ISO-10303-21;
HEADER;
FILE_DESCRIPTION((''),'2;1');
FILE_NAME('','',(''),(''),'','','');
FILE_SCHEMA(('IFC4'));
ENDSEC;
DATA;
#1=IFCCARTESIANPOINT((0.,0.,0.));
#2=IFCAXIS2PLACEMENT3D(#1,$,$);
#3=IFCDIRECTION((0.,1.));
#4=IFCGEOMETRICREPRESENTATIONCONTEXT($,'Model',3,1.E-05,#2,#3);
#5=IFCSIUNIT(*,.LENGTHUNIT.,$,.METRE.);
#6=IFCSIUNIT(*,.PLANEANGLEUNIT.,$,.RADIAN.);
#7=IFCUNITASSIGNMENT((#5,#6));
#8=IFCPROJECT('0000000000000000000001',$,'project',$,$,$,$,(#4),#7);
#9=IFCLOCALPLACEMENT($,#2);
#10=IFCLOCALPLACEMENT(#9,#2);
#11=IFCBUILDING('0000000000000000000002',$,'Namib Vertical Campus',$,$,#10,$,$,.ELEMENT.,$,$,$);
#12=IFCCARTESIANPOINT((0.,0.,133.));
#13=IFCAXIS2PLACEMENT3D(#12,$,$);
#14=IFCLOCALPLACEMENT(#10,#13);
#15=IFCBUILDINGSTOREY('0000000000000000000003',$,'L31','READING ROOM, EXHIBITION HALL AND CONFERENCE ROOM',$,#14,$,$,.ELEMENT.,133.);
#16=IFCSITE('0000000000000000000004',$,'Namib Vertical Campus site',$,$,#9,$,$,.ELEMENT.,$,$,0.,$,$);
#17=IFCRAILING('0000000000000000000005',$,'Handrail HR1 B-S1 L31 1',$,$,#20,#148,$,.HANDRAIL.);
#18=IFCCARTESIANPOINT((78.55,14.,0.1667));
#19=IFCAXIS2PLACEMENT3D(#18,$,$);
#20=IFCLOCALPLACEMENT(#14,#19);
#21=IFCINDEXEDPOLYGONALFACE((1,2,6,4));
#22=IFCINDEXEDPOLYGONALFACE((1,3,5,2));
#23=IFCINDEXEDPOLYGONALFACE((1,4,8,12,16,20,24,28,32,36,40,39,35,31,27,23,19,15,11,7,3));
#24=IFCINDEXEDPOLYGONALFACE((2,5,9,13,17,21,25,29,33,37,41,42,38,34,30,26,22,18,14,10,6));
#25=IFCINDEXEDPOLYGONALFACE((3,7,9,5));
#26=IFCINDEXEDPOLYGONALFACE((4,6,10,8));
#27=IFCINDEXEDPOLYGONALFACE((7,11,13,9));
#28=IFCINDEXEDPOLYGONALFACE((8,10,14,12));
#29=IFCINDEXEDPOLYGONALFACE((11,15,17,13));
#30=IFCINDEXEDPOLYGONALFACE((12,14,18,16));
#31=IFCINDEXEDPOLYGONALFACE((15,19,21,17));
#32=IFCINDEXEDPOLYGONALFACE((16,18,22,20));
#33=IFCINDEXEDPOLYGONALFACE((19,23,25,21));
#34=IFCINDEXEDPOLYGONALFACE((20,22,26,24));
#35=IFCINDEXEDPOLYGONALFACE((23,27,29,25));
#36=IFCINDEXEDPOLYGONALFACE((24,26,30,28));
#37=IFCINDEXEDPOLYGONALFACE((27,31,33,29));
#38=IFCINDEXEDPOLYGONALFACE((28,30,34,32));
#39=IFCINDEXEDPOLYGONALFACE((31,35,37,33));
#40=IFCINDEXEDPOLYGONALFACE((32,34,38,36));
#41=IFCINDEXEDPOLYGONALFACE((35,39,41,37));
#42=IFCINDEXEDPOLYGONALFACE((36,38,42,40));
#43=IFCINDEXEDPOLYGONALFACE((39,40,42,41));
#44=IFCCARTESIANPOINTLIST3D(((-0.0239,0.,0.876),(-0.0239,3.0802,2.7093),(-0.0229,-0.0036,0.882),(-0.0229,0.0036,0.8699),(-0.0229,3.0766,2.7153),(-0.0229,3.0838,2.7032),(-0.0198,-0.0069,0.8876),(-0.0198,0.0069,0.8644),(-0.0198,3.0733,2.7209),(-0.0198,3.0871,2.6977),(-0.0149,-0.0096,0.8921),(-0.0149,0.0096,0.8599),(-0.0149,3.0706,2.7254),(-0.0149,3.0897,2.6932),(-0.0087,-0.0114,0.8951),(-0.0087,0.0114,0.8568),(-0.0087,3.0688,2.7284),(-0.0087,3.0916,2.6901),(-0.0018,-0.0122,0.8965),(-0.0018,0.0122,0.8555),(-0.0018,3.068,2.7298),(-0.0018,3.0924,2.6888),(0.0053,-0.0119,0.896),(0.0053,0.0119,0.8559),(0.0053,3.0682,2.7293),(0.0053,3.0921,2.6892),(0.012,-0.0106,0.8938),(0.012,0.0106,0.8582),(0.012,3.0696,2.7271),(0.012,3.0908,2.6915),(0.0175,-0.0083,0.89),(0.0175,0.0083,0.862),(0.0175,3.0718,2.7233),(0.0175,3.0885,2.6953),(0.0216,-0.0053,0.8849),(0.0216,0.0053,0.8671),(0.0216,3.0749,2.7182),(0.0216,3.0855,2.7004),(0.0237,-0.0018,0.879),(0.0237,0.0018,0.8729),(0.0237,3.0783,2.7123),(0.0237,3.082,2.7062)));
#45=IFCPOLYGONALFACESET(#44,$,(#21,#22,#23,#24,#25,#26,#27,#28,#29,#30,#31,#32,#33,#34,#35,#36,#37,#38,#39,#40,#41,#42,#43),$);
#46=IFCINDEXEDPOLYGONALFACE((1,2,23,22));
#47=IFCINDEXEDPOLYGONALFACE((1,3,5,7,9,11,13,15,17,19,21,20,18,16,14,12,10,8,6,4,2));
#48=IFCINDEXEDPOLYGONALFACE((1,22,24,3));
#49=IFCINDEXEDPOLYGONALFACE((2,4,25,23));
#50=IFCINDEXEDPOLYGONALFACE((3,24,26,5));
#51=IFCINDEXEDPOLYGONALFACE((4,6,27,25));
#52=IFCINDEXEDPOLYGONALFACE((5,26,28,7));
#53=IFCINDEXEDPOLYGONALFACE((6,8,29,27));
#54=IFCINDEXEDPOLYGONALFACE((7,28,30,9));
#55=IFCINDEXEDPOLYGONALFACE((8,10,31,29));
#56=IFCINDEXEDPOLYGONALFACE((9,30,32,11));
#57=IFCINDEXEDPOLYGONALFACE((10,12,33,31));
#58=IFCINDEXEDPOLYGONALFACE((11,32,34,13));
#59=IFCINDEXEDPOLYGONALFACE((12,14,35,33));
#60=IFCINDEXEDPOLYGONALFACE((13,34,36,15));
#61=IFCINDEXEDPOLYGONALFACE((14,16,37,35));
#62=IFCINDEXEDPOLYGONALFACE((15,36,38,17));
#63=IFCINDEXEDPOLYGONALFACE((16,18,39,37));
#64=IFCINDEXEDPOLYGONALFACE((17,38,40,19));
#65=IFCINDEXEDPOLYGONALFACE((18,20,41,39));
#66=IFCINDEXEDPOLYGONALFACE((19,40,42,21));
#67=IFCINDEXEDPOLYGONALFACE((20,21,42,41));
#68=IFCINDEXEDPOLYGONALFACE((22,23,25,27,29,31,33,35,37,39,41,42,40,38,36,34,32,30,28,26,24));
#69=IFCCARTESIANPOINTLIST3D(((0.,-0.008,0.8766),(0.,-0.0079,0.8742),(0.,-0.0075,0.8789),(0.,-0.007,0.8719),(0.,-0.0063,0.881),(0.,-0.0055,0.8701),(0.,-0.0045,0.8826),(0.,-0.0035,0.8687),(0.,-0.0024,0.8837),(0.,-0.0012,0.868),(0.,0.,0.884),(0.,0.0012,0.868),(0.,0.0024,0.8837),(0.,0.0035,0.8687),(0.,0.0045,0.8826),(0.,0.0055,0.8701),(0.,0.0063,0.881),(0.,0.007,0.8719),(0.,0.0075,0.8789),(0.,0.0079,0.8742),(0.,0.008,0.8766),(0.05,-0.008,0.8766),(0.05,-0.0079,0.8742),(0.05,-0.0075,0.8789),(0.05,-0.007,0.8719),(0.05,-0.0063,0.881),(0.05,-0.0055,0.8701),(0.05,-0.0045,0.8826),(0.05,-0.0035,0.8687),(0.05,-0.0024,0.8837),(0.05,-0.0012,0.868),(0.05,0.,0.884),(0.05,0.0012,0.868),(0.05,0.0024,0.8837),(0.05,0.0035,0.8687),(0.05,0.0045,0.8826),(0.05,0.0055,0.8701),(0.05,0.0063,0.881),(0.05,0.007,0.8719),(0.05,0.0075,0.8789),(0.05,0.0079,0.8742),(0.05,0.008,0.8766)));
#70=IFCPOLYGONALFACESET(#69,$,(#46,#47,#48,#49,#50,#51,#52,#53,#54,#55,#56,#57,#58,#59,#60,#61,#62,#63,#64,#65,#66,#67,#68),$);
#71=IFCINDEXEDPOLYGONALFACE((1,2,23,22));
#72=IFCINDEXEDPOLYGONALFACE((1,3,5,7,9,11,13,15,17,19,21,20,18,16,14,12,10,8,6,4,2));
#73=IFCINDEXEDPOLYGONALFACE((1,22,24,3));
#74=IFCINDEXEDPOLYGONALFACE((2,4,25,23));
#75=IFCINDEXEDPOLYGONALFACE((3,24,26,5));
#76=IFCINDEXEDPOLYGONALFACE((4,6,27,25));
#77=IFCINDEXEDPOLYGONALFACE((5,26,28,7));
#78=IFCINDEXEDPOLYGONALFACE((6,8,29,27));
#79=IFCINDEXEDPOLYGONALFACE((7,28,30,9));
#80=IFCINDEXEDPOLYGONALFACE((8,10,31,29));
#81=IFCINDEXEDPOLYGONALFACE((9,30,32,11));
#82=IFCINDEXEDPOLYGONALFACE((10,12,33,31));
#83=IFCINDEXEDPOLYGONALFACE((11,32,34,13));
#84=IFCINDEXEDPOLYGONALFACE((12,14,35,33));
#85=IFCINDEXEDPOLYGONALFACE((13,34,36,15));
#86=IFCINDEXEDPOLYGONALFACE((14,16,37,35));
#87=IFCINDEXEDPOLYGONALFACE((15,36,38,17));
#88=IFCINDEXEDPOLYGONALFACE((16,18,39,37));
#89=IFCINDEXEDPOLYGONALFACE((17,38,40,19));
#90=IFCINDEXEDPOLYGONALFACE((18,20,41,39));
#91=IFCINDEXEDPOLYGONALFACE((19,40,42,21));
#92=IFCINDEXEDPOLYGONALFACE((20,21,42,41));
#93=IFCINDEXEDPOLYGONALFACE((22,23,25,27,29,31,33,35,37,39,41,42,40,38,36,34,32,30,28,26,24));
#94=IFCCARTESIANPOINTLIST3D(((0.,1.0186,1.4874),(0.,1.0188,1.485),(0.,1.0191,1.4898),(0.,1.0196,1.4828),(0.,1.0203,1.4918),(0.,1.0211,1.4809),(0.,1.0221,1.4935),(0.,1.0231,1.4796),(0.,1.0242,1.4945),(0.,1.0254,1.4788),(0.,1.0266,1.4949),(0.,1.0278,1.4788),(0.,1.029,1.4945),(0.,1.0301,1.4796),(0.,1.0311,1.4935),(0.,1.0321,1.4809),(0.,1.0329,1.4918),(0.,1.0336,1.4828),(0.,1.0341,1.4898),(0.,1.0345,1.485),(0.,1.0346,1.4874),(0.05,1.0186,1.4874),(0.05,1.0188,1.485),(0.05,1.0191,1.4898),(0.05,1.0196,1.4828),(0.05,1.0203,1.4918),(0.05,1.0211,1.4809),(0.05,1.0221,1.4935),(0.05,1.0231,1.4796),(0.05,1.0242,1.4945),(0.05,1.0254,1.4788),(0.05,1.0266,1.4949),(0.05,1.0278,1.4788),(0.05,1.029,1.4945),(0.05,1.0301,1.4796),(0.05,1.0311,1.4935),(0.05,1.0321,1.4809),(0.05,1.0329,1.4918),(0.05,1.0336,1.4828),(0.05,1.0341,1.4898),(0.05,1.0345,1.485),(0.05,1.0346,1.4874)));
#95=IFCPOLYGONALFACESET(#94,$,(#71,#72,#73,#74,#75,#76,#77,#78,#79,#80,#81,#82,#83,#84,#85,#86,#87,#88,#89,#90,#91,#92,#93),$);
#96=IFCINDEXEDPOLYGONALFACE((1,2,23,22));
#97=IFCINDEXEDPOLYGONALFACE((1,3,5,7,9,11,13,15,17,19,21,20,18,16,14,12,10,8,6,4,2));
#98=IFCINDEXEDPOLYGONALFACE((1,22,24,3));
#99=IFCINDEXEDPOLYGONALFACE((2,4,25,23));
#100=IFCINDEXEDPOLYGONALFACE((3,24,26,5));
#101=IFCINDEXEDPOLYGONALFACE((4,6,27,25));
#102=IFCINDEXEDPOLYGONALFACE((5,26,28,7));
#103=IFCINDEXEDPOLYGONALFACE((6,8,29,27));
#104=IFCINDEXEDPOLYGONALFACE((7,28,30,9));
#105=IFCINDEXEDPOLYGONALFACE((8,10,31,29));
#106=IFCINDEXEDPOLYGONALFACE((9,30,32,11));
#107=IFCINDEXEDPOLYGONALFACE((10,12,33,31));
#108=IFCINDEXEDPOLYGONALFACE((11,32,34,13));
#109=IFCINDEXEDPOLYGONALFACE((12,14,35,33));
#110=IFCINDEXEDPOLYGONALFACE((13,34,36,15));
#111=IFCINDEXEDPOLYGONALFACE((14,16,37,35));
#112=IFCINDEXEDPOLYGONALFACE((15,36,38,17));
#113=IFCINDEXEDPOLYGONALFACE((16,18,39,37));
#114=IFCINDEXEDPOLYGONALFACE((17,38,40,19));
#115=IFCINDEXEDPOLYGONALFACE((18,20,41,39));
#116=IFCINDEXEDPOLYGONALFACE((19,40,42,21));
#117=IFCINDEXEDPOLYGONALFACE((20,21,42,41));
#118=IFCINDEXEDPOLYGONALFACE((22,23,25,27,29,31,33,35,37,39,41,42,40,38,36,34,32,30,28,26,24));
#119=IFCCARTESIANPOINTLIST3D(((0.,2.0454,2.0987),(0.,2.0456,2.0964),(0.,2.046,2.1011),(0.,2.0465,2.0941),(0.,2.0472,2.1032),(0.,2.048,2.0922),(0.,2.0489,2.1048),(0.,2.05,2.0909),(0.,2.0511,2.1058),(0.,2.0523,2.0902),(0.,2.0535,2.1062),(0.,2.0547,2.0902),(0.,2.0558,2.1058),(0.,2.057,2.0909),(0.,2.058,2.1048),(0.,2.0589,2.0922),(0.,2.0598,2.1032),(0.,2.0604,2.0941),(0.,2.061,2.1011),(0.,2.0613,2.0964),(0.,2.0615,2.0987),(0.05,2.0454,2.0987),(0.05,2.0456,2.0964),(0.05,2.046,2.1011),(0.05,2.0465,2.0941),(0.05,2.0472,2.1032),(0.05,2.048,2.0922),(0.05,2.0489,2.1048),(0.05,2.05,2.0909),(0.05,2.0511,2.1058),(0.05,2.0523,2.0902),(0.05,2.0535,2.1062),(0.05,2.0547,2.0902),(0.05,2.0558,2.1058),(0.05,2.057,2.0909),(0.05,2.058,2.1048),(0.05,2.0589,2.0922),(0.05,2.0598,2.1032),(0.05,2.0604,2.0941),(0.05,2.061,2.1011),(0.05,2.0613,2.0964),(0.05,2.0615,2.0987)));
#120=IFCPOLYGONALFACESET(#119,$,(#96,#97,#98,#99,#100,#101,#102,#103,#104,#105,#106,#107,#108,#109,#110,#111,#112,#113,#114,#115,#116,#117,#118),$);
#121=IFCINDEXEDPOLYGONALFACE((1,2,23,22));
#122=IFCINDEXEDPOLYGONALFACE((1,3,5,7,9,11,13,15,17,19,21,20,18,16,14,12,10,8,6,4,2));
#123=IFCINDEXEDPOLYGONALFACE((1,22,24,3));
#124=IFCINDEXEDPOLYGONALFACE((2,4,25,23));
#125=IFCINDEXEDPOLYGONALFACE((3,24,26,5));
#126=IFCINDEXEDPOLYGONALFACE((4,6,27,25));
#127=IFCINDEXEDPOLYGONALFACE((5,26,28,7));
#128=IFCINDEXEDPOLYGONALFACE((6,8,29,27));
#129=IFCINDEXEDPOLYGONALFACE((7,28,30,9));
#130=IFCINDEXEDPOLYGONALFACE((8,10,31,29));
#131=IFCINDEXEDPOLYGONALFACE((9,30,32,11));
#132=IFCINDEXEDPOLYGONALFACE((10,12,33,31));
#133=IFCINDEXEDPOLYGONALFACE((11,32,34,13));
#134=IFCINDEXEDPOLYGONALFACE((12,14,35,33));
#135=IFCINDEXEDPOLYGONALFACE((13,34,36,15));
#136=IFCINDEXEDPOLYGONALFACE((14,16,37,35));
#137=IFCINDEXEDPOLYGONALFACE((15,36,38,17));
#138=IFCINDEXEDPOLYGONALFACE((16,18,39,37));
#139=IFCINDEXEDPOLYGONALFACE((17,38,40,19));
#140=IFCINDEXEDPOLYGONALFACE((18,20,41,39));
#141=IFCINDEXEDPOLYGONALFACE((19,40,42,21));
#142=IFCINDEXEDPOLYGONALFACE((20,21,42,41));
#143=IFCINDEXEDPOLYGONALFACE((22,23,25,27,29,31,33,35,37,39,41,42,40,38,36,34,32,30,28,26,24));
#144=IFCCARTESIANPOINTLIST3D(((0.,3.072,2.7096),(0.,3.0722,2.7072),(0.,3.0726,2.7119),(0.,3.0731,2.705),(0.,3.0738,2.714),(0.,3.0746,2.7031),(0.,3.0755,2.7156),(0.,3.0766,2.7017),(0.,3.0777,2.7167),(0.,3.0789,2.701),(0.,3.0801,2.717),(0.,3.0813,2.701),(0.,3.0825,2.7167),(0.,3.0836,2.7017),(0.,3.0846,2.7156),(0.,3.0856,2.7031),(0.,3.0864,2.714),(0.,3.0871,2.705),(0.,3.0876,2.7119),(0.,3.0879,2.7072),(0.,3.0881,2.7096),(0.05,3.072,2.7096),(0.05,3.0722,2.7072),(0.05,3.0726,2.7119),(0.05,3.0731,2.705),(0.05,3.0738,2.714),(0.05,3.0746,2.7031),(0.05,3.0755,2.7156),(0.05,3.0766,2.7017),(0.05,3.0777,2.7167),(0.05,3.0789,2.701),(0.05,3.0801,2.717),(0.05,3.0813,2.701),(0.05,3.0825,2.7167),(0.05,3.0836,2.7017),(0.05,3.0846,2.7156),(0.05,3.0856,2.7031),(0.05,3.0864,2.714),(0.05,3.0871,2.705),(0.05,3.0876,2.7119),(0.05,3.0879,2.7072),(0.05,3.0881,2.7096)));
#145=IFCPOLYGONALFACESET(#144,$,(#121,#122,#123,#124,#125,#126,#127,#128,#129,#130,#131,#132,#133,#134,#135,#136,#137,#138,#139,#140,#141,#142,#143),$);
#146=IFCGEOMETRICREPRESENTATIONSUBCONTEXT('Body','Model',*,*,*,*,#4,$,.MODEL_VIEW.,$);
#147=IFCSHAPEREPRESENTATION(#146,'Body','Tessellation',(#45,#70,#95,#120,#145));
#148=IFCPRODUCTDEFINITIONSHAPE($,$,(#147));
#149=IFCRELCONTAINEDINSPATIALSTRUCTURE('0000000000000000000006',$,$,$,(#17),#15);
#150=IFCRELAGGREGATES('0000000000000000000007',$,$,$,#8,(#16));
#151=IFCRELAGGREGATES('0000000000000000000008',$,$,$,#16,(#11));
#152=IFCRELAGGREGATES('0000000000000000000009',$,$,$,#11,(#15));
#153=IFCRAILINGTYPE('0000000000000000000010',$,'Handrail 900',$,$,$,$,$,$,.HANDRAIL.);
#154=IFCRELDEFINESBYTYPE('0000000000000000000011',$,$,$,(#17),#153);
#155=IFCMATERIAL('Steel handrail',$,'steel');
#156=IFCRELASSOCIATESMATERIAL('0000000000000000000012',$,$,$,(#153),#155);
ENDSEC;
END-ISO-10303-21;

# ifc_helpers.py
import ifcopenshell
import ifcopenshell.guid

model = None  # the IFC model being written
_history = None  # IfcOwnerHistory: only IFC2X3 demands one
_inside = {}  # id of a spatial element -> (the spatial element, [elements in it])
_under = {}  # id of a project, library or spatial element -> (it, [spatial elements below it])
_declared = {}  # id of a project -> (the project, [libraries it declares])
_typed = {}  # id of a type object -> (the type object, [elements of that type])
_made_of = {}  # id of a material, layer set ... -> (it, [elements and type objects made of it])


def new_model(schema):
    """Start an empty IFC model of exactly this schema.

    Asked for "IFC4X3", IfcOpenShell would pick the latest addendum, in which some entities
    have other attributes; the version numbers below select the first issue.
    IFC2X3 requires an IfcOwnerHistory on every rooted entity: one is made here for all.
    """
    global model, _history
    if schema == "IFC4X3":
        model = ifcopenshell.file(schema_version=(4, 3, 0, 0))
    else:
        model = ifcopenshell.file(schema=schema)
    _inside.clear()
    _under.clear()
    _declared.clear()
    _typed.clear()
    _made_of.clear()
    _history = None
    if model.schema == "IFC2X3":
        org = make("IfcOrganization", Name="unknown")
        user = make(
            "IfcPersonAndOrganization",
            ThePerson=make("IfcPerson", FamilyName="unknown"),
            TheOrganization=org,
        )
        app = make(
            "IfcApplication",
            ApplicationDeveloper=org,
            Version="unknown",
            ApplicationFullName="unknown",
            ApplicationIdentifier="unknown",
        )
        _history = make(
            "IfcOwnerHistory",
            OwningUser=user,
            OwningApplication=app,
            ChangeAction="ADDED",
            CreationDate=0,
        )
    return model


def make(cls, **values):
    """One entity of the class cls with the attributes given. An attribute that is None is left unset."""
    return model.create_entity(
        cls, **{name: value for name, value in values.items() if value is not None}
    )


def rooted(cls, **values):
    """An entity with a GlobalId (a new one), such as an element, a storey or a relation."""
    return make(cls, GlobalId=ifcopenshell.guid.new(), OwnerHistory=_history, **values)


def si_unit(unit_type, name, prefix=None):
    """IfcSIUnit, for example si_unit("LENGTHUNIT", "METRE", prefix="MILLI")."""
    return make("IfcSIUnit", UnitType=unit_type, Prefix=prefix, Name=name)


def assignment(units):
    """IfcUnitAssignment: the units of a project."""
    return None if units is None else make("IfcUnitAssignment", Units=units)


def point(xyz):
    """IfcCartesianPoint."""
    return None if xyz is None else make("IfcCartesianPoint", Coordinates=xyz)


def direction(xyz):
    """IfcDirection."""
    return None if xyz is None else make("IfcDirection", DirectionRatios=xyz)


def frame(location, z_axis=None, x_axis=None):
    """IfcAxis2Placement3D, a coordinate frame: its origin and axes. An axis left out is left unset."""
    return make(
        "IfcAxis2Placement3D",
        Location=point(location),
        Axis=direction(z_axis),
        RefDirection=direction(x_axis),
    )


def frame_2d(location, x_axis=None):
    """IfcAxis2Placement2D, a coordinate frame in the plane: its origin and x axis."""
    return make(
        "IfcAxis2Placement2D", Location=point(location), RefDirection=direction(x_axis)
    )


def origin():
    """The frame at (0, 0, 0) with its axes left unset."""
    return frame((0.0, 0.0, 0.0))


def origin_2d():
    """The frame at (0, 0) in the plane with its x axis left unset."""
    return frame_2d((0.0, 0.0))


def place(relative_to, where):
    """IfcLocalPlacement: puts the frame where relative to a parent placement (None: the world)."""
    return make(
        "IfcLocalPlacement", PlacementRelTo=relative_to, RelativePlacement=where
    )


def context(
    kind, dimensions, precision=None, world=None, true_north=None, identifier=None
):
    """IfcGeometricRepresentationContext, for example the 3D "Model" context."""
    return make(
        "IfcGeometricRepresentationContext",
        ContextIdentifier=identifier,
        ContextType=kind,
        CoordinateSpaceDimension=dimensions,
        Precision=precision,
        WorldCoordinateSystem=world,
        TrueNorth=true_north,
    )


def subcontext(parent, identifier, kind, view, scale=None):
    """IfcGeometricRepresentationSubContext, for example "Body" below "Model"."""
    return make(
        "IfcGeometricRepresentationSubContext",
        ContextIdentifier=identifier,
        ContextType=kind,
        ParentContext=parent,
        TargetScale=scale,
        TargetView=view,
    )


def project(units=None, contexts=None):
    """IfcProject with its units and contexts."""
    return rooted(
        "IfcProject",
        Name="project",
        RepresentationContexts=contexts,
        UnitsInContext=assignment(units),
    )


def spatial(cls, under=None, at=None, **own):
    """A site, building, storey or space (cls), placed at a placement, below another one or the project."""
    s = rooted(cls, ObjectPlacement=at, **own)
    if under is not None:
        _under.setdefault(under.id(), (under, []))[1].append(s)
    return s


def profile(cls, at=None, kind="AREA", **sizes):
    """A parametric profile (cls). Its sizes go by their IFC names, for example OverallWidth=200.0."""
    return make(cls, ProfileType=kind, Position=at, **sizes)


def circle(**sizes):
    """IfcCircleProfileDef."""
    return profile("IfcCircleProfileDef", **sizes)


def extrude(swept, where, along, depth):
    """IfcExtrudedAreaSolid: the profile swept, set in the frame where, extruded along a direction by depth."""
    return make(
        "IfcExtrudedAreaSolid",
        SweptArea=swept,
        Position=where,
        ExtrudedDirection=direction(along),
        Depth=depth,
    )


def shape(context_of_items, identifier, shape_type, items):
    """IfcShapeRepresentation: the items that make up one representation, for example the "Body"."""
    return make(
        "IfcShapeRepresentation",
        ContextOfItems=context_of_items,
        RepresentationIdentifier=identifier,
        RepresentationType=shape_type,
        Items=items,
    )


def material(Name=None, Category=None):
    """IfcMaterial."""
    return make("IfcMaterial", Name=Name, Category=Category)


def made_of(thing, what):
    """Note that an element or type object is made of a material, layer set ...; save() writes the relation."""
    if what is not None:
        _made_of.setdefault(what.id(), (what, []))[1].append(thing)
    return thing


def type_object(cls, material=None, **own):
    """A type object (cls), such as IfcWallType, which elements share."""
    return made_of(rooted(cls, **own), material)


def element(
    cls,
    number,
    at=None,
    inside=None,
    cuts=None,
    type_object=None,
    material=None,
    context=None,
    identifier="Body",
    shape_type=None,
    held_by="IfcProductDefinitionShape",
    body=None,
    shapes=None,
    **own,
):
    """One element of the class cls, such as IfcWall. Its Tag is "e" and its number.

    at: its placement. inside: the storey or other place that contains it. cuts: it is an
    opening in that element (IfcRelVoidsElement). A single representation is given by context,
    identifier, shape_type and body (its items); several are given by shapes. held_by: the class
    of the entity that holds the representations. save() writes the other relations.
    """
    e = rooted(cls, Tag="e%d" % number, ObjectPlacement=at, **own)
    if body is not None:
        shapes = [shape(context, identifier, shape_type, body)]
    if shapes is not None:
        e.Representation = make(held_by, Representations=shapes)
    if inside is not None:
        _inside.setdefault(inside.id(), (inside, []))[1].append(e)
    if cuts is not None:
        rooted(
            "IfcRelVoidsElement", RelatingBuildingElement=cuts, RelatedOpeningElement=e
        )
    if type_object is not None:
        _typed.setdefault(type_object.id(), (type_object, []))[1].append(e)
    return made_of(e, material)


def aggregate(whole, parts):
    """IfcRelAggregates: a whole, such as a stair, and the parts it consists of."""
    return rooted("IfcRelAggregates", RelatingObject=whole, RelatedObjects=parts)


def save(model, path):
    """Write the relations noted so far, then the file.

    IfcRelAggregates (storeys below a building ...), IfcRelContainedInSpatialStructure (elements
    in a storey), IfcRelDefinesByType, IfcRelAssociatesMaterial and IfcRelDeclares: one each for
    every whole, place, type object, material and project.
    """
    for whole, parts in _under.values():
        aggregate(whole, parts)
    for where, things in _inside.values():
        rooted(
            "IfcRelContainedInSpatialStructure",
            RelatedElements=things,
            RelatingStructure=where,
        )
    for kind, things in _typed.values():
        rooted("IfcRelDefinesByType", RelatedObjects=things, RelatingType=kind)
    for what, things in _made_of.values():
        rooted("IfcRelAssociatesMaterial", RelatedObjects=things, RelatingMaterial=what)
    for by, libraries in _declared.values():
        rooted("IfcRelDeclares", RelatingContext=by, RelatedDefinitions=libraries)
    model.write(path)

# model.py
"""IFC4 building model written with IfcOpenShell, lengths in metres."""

from ifc_helpers import new_model, si_unit, direction, frame, origin, origin_2d, place, context, subcontext, project, spatial, circle, extrude, material, type_object, element, save


model = new_model("IFC4")

# Units and contexts
model_context = context("Model", 3, precision=1e-05, world=origin(), true_north=direction((0.0, 1.0)))
body_context = subcontext(model_context, "Body", "Model", "MODEL_VIEW")
ifc_project = project(units=[si_unit("LENGTHUNIT", "METRE"), si_unit("PLANEANGLEUNIT", "RADIAN")], contexts=[model_context])

# Site, building, storey
site_placement = place(None, origin())
site = spatial("IfcSite", under=ifc_project, at=site_placement, Name="Namib Vertical Campus site", CompositionType="ELEMENT", RefElevation=0.0)
building_placement = place(site_placement, origin())
building = spatial("IfcBuilding", under=site, at=building_placement, Name="Namib Vertical Campus", CompositionType="ELEMENT")
storey_placement = place(building_placement, frame((0.0, 0.0, 133.0)))
storey = spatial("IfcBuildingStorey", under=building, at=storey_placement, Name="L31", Description="READING ROOM, EXHIBITION HALL AND CONFERENCE ROOM", CompositionType="ELEMENT", Elevation=133.0)

# Railing
ifc_material_1 = material(Name="Steel handrail", Category="steel")
railing_type_1 = type_object("IfcRailingType", Name="Handrail 900", PredefinedType="HANDRAIL", material=ifc_material_1)
railing_1_placement = place(storey_placement, frame((78.55, 14.0, 0.1667)))
element("IfcRailing", 1, at=railing_1_placement, inside=storey, type_object=railing_type_1, Name="Handrail HR1 B-S1 L31 1", PredefinedType="HANDRAIL", context=body_context, shape_type="SweptSolid", body=[
    extrude(circle(Radius=0.0239, at=origin_2d()), frame((0.0, 0.0, 0.876), z_axis=(0.0, 0.859309, 0.511458), x_axis=(-1.0, 0.0, 0.0)), (0.0, 0.0, 1.0), 3.5845),
    extrude(circle(Radius=0.0081, at=origin_2d()), frame((0.0, 0.0, 0.876), z_axis=(1.0, 0.0, 0.0), x_axis=(0.0, 0.0, 1.0)), (0.0, 0.0, 1.0), 0.05),
    extrude(circle(Radius=0.0081, at=origin_2d()), frame((0.0, 1.0266, 1.4868), z_axis=(1.0, 0.0, 0.0), x_axis=(0.0, 0.0, 1.0)), (0.0, 0.0, 1.0), 0.05),
    extrude(circle(Radius=0.0081, at=origin_2d()), frame((0.0, 2.0535, 2.0981), z_axis=(1.0, 0.0, 0.0), x_axis=(0.0, 0.0, 1.0)), (0.0, 0.0, 1.0), 0.05),
    extrude(circle(Radius=0.0081, at=origin_2d()), frame((0.0, 3.0801, 2.709), z_axis=(1.0, 0.0, 0.0), x_axis=(0.0, 0.0, 1.0)), (0.0, 0.0, 1.0), 0.05),
])

save(model, "model.ifc")
